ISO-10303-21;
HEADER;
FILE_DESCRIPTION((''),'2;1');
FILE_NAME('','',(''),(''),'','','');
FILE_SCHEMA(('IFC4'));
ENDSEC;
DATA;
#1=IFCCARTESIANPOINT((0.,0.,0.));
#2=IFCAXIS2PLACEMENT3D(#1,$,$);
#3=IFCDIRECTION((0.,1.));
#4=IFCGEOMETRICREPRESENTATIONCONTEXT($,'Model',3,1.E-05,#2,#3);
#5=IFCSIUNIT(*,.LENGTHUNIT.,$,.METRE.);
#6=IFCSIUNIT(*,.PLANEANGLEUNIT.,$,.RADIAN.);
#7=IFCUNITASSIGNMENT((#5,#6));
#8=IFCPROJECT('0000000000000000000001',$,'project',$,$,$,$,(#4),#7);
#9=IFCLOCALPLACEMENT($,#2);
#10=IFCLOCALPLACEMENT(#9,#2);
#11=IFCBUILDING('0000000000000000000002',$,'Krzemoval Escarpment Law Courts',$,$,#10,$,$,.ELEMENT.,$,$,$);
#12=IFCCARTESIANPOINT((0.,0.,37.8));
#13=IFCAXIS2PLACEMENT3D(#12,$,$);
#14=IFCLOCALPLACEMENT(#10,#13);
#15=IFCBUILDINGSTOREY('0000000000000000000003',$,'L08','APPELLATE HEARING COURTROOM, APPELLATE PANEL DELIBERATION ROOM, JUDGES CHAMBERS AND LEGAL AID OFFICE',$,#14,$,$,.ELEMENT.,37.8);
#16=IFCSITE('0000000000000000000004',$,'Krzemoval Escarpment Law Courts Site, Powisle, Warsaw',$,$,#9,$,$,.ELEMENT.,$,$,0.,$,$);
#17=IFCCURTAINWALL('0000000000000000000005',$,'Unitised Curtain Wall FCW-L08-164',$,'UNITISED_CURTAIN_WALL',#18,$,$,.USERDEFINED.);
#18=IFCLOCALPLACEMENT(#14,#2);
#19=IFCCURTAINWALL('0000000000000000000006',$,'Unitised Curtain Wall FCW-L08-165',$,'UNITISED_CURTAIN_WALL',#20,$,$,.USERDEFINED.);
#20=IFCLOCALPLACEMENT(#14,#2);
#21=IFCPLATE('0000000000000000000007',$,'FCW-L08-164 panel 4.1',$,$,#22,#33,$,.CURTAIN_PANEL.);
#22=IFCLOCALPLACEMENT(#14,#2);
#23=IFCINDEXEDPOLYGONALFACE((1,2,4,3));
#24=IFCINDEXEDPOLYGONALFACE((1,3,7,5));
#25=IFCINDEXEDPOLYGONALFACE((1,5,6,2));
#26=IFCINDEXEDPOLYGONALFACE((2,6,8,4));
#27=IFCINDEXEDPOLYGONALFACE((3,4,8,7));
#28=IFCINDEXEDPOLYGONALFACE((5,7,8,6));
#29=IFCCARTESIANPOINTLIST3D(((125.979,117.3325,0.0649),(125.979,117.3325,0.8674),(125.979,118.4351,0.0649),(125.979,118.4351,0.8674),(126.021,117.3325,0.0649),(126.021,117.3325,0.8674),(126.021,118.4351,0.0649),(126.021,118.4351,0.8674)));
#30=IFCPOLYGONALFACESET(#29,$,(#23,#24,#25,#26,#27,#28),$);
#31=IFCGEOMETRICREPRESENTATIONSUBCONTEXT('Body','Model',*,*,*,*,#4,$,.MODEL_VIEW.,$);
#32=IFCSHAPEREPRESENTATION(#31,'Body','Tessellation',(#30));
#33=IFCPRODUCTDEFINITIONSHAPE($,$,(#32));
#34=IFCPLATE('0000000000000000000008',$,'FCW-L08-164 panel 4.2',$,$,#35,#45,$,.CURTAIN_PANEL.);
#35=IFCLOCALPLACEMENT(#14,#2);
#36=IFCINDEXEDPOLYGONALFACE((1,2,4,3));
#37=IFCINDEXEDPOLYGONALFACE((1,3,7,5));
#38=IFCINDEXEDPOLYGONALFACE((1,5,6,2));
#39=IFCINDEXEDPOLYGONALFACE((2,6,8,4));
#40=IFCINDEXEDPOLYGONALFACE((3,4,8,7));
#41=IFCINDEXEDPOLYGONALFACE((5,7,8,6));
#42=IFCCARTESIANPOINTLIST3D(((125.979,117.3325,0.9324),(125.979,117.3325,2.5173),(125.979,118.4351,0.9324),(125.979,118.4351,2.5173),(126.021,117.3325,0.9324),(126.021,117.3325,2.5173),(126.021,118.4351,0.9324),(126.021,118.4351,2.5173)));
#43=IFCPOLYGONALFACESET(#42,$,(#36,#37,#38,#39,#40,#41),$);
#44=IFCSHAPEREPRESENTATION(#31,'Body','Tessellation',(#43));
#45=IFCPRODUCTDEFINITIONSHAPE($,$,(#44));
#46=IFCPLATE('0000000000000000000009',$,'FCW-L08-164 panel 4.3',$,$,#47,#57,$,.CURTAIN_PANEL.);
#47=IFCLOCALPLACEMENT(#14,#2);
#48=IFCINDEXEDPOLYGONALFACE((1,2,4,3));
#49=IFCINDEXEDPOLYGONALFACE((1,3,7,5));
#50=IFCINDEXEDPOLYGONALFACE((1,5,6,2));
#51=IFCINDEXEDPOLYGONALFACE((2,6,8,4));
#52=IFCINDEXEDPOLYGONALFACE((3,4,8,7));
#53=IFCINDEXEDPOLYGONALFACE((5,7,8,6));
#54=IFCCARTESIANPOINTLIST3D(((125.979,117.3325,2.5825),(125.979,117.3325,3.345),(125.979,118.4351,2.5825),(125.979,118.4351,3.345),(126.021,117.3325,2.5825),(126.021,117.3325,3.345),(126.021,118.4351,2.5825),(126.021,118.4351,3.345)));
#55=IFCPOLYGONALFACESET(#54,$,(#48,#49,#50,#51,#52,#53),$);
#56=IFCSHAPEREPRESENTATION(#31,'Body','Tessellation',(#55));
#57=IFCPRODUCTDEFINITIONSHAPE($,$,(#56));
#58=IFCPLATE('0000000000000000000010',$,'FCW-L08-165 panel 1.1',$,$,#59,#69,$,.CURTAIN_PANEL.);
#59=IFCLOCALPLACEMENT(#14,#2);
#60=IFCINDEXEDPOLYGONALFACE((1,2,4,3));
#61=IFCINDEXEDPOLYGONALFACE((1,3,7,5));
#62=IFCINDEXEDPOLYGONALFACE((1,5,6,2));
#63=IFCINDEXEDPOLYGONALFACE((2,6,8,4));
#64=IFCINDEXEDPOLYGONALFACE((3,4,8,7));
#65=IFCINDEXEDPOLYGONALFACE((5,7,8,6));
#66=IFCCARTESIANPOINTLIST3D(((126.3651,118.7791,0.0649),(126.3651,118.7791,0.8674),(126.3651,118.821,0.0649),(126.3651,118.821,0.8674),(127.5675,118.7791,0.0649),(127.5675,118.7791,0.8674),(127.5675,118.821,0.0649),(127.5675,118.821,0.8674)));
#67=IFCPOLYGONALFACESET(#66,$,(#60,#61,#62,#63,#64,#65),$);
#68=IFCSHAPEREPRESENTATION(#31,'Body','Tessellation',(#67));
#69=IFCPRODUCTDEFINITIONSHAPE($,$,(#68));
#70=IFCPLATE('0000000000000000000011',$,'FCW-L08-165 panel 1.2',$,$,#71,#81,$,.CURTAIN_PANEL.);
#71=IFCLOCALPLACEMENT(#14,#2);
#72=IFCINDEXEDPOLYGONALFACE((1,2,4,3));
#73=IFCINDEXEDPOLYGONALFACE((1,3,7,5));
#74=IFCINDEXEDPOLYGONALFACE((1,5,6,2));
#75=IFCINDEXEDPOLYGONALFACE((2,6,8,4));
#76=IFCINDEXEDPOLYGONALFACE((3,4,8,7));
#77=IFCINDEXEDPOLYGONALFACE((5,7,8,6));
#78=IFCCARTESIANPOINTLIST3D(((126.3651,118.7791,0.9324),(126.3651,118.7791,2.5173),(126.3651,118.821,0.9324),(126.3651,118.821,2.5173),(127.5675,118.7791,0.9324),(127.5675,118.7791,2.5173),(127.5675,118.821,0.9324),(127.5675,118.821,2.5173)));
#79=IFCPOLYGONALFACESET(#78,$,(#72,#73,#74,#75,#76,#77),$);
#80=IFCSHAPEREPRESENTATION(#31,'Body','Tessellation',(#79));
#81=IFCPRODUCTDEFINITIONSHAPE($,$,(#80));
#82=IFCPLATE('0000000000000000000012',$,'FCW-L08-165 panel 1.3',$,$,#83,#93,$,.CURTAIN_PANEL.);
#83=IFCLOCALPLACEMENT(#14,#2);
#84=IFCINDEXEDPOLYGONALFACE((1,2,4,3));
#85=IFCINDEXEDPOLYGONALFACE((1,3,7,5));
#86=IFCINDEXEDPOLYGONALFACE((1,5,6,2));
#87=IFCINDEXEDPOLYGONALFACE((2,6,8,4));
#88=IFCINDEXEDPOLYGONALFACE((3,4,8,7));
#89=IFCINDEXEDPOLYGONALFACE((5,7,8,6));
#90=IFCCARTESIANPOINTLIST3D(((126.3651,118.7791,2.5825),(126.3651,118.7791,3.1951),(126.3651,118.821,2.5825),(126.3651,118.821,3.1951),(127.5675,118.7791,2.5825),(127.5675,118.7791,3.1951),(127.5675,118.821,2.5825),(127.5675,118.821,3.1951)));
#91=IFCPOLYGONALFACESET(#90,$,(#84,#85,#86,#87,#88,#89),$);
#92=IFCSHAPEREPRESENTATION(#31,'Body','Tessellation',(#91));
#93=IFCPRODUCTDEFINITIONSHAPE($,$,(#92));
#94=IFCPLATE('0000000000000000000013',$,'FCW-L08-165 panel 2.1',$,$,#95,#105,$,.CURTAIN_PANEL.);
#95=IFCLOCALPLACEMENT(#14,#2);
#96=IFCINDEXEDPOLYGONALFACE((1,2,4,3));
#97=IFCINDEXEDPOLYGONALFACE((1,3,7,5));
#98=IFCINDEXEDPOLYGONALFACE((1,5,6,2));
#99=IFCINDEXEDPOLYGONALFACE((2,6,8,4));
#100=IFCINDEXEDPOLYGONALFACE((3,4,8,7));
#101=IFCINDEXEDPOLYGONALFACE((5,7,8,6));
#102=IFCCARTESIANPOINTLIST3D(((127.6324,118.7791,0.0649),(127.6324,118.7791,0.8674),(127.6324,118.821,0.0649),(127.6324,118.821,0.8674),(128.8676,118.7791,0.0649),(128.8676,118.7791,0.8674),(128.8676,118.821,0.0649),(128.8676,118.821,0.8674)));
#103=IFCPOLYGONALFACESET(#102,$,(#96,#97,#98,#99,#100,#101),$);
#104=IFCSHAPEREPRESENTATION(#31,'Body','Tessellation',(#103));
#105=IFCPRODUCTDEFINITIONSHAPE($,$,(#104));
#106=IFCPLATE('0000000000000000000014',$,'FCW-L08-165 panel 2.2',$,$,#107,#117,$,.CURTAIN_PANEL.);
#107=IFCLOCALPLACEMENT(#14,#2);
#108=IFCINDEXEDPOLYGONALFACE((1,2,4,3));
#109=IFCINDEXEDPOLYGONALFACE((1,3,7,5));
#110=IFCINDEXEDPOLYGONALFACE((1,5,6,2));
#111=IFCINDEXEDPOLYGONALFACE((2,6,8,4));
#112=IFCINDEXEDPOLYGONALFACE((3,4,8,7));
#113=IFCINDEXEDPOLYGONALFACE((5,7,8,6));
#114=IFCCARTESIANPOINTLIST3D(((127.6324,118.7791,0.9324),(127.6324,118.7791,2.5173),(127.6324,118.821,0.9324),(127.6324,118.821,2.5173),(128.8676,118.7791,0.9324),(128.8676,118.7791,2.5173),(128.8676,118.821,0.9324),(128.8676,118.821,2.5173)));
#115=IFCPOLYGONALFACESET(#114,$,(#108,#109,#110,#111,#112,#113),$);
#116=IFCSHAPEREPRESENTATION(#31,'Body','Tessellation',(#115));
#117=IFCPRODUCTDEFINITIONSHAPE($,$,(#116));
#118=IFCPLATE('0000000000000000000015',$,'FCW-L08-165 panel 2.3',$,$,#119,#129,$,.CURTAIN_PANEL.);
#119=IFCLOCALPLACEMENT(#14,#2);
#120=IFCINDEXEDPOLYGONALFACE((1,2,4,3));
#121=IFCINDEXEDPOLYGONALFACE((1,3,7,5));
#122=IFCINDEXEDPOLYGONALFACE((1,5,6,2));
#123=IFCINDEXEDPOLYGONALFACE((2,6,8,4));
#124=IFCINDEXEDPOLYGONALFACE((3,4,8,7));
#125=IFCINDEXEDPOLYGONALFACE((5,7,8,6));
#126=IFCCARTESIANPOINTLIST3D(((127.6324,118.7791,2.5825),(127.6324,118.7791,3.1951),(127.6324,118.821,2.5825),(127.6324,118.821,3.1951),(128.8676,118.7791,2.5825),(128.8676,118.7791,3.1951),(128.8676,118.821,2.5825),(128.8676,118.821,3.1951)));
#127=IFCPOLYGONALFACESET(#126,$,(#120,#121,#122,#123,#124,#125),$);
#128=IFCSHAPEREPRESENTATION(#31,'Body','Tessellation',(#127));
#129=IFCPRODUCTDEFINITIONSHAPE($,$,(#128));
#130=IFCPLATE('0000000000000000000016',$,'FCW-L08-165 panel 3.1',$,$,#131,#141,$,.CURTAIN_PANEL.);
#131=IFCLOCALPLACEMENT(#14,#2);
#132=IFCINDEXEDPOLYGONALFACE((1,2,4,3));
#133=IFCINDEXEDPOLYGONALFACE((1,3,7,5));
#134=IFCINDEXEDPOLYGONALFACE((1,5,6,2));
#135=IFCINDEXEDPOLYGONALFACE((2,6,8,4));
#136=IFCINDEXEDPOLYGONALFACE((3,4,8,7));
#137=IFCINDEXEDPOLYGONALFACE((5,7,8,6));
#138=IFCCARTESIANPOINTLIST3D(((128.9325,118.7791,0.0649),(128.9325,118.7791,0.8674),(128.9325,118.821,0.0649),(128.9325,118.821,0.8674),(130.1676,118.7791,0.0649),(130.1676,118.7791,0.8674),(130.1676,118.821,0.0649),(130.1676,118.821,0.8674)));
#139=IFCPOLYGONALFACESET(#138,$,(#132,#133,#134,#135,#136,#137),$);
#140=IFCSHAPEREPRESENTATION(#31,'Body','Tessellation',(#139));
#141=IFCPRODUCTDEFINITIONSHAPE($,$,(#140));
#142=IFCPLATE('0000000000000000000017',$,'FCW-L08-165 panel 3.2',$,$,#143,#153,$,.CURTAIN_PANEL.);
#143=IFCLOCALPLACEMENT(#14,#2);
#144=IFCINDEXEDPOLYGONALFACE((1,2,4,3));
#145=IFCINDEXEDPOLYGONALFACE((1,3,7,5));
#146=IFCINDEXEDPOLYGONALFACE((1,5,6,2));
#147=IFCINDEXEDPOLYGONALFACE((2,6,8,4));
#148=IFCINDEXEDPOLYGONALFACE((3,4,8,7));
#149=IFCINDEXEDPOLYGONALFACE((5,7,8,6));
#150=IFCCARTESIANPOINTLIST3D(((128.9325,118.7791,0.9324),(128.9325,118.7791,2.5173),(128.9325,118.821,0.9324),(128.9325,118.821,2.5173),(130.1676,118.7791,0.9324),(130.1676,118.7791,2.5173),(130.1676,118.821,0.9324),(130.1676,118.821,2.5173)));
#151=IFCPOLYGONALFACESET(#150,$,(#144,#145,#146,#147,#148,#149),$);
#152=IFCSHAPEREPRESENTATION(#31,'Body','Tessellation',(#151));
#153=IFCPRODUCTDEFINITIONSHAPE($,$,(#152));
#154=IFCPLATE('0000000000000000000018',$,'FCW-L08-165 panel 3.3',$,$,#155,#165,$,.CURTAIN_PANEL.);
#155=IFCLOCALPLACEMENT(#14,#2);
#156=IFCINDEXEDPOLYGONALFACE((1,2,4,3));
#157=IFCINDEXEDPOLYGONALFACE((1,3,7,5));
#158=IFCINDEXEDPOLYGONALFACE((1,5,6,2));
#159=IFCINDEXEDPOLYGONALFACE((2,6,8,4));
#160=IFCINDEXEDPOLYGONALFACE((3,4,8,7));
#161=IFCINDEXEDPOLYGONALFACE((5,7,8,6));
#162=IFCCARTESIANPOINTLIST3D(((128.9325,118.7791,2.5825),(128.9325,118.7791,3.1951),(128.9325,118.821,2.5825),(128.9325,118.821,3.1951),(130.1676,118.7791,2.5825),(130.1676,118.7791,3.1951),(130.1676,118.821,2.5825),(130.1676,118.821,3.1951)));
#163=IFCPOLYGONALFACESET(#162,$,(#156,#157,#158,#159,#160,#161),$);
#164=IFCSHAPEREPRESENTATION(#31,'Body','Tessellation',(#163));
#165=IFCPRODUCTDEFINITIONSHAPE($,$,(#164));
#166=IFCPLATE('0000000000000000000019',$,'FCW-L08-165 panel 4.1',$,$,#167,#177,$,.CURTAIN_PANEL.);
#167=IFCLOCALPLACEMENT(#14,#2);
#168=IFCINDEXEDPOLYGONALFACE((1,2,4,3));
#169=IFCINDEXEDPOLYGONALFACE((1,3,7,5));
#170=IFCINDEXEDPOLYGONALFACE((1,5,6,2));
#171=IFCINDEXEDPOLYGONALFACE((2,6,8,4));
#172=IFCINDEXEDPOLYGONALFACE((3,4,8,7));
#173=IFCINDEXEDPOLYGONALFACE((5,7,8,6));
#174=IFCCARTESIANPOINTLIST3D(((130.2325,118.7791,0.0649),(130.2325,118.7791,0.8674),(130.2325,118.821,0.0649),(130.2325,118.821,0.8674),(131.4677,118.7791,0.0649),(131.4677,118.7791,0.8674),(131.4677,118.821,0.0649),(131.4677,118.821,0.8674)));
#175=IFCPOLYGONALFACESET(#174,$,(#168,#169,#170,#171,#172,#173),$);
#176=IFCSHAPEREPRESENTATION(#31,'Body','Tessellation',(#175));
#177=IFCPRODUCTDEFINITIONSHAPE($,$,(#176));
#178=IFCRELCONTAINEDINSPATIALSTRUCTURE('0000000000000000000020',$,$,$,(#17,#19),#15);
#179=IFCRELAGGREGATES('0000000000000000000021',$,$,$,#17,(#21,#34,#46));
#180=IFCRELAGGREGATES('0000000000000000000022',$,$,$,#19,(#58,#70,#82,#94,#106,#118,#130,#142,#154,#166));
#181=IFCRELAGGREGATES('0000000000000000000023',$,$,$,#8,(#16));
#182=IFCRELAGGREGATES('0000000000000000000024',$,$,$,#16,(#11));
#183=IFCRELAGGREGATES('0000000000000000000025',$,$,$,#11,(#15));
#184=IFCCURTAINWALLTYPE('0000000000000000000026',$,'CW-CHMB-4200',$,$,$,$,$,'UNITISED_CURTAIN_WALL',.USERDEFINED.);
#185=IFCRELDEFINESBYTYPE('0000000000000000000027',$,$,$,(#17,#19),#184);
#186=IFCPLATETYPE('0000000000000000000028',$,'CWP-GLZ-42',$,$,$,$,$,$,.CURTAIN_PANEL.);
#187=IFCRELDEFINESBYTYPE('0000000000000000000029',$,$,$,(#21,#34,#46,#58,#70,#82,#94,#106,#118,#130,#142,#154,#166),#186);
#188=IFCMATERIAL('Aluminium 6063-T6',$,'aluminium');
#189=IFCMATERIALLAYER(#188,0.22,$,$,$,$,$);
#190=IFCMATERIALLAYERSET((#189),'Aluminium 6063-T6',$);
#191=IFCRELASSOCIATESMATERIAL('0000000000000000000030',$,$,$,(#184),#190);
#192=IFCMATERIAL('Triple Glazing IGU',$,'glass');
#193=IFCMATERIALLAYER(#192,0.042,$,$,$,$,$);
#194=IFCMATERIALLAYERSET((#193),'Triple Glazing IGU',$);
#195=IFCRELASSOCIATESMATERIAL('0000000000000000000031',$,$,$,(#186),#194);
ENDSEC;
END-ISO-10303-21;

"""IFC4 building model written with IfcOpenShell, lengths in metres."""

from ifc_helpers import new_model, si_unit, direction, frame, origin, origin_2d, place, context, subcontext, project, spatial, rectangle, extrude, material, layer, layer_set, type_object, element, aggregate, save


model = new_model("IFC4")

# Units and contexts
model_context = context("Model", 3, precision=1e-05, world=origin(), true_north=direction((0.0, 1.0)))
body_context = subcontext(model_context, "Body", "Model", "MODEL_VIEW")
ifc_project = project(units=[si_unit("LENGTHUNIT", "METRE"), si_unit("PLANEANGLEUNIT", "RADIAN")], contexts=[model_context])

# Site, building, storey
site_placement = place(None, origin())
site = spatial("IfcSite", under=ifc_project, at=site_placement, Name="Krzemoval Escarpment Law Courts Site, Powisle, Warsaw", CompositionType="ELEMENT", RefElevation=0.0)
building_placement = place(site_placement, origin())
building = spatial("IfcBuilding", under=site, at=building_placement, Name="Krzemoval Escarpment Law Courts", CompositionType="ELEMENT")
storey_placement = place(building_placement, frame((0.0, 0.0, 37.8)))
storey = spatial("IfcBuildingStorey", under=building, at=storey_placement, Name="L08", Description="APPELLATE HEARING COURTROOM, APPELLATE PANEL DELIBERATION ROOM, JUDGES CHAMBERS AND LEGAL AID OFFICE", CompositionType="ELEMENT", Elevation=37.8)

# Curtain wall
ifc_material_1 = material(Name="Aluminium 6063-T6", Category="aluminium")
ifc_layer_1 = layer(ifc_material_1, 0.22)
ifc_layer_set_1 = layer_set([ifc_layer_1], Name="Aluminium 6063-T6")
curtain_wall_type = type_object("IfcCurtainWallType", Name="CW-CHMB-4200", ElementType="UNITISED_CURTAIN_WALL", PredefinedType="USERDEFINED", material=ifc_layer_set_1)
curtain_wall_1_placement = place(storey_placement, origin())
curtain_wall_1 = element("IfcCurtainWall", 1, at=curtain_wall_1_placement, inside=storey, type_object=curtain_wall_type, Name="Unitised Curtain Wall FCW-L08-164", ObjectType="UNITISED_CURTAIN_WALL", PredefinedType="USERDEFINED")

# Curtain wall
curtain_wall_2_placement = place(storey_placement, origin())
curtain_wall_2 = element("IfcCurtainWall", 2, at=curtain_wall_2_placement, inside=storey, type_object=curtain_wall_type, Name="Unitised Curtain Wall FCW-L08-165", ObjectType="UNITISED_CURTAIN_WALL", PredefinedType="USERDEFINED")

# Plates
ifc_material_2 = material(Name="Triple Glazing IGU", Category="glass")
ifc_layer_2 = layer(ifc_material_2, 0.042)
ifc_layer_set_2 = layer_set([ifc_layer_2], Name="Triple Glazing IGU")
plate_type = type_object("IfcPlateType", Name="CWP-GLZ-42", PredefinedType="CURTAIN_PANEL", material=ifc_layer_set_2)
plate_1_placement = place(storey_placement, frame((126.0, 117.8838, 0.0649), z_axis=(0.0, 0.0, 1.0), x_axis=(0.0, 1.0, 0.0)))
plate_1 = element("IfcPlate", 3, at=plate_1_placement, type_object=plate_type, Name="FCW-L08-164 panel 4.1", PredefinedType="CURTAIN_PANEL", context=body_context, shape_type="SweptSolid", body=[
    extrude(rectangle(XDim=1.1025, YDim=0.042, at=origin_2d()), origin(), (0.0, 0.0, 1.0), 0.8025),
])
plate_2_placement = place(storey_placement, frame((126.0, 117.8838, 0.9324), z_axis=(0.0, 0.0, 1.0), x_axis=(0.0, 1.0, 0.0)))
plate_2 = element("IfcPlate", 4, at=plate_2_placement, type_object=plate_type, Name="FCW-L08-164 panel 4.2", PredefinedType="CURTAIN_PANEL", context=body_context, shape_type="SweptSolid", body=[
    extrude(rectangle(XDim=1.1025, YDim=0.042, at=origin_2d()), origin(), (0.0, 0.0, 1.0), 1.585),
])
plate_3_placement = place(storey_placement, frame((126.0, 117.8838, 2.5825), z_axis=(0.0, 0.0, 1.0), x_axis=(0.0, 1.0, 0.0)))
plate_3 = element("IfcPlate", 5, at=plate_3_placement, type_object=plate_type, Name="FCW-L08-164 panel 4.3", PredefinedType="CURTAIN_PANEL", context=body_context, shape_type="SweptSolid", body=[
    extrude(rectangle(XDim=1.1025, YDim=0.042, at=origin_2d()), origin(), (0.0, 0.0, 1.0), 0.7625),
])
aggregate(curtain_wall_1, [plate_1, plate_2, plate_3])
plate_4_placement = place(storey_placement, frame((126.9663, 118.8, 0.0649), z_axis=(0.0, 0.0, 1.0), x_axis=(1.0, 0.0, 0.0)))
plate_4 = element("IfcPlate", 6, at=plate_4_placement, type_object=plate_type, Name="FCW-L08-165 panel 1.1", PredefinedType="CURTAIN_PANEL", context=body_context, shape_type="SweptSolid", body=[
    extrude(rectangle(XDim=1.2024, YDim=0.042, at=origin_2d()), origin(), (0.0, 0.0, 1.0), 0.8025),
])
plate_5_placement = place(storey_placement, frame((126.9663, 118.8, 0.9324), z_axis=(0.0, 0.0, 1.0), x_axis=(1.0, 0.0, 0.0)))
plate_5 = element("IfcPlate", 7, at=plate_5_placement, type_object=plate_type, Name="FCW-L08-165 panel 1.2", PredefinedType="CURTAIN_PANEL", context=body_context, shape_type="SweptSolid", body=[
    extrude(rectangle(XDim=1.2024, YDim=0.042, at=origin_2d()), origin(), (0.0, 0.0, 1.0), 1.585),
])
plate_6_placement = place(storey_placement, frame((126.9663, 118.8, 2.5825), z_axis=(0.0, 0.0, 1.0), x_axis=(1.0, 0.0, 0.0)))
plate_6 = element("IfcPlate", 8, at=plate_6_placement, type_object=plate_type, Name="FCW-L08-165 panel 1.3", PredefinedType="CURTAIN_PANEL", context=body_context, shape_type="SweptSolid", body=[
    extrude(rectangle(XDim=1.2024, YDim=0.042, at=origin_2d()), origin(), (0.0, 0.0, 1.0), 0.6125),
])
plate_7_placement = place(storey_placement, frame((128.25, 118.8, 0.0649), z_axis=(0.0, 0.0, 1.0), x_axis=(1.0, 0.0, 0.0)))
plate_7 = element("IfcPlate", 9, at=plate_7_placement, type_object=plate_type, Name="FCW-L08-165 panel 2.1", PredefinedType="CURTAIN_PANEL", context=body_context, shape_type="SweptSolid", body=[
    extrude(rectangle(XDim=1.2351, YDim=0.042, at=origin_2d()), origin(), (0.0, 0.0, 1.0), 0.8025),
])
plate_8_placement = place(storey_placement, frame((128.25, 118.8, 0.9324), z_axis=(0.0, 0.0, 1.0), x_axis=(1.0, 0.0, 0.0)))
plate_8 = element("IfcPlate", 10, at=plate_8_placement, type_object=plate_type, Name="FCW-L08-165 panel 2.2", PredefinedType="CURTAIN_PANEL", context=body_context, shape_type="SweptSolid", body=[
    extrude(rectangle(XDim=1.2351, YDim=0.042, at=origin_2d()), origin(), (0.0, 0.0, 1.0), 1.585),
])
plate_9_placement = place(storey_placement, frame((128.25, 118.8, 2.5825), z_axis=(0.0, 0.0, 1.0), x_axis=(1.0, 0.0, 0.0)))
plate_9 = element("IfcPlate", 11, at=plate_9_placement, type_object=plate_type, Name="FCW-L08-165 panel 2.3", PredefinedType="CURTAIN_PANEL", context=body_context, shape_type="SweptSolid", body=[
    extrude(rectangle(XDim=1.2351, YDim=0.042, at=origin_2d()), origin(), (0.0, 0.0, 1.0), 0.6125),
])
plate_10_placement = place(storey_placement, frame((129.55, 118.8, 0.0649), z_axis=(0.0, 0.0, 1.0), x_axis=(1.0, 0.0, 0.0)))
plate_10 = element("IfcPlate", 12, at=plate_10_placement, type_object=plate_type, Name="FCW-L08-165 panel 3.1", PredefinedType="CURTAIN_PANEL", context=body_context, shape_type="SweptSolid", body=[
    extrude(rectangle(XDim=1.2351, YDim=0.042, at=origin_2d()), origin(), (0.0, 0.0, 1.0), 0.8025),
])
plate_11_placement = place(storey_placement, frame((129.55, 118.8, 0.9324), z_axis=(0.0, 0.0, 1.0), x_axis=(1.0, 0.0, 0.0)))
plate_11 = element("IfcPlate", 13, at=plate_11_placement, type_object=plate_type, Name="FCW-L08-165 panel 3.2", PredefinedType="CURTAIN_PANEL", context=body_context, shape_type="SweptSolid", body=[
    extrude(rectangle(XDim=1.2351, YDim=0.042, at=origin_2d()), origin(), (0.0, 0.0, 1.0), 1.585),
])
plate_12_placement = place(storey_placement, frame((129.55, 118.8, 2.5825), z_axis=(0.0, 0.0, 1.0), x_axis=(1.0, 0.0, 0.0)))
plate_12 = element("IfcPlate", 14, at=plate_12_placement, type_object=plate_type, Name="FCW-L08-165 panel 3.3", PredefinedType="CURTAIN_PANEL", context=body_context, shape_type="SweptSolid", body=[
    extrude(rectangle(XDim=1.2351, YDim=0.042, at=origin_2d()), origin(), (0.0, 0.0, 1.0), 0.6125),
])
plate_13_placement = place(storey_placement, frame((130.8501, 118.8, 0.0649), z_axis=(0.0, 0.0, 1.0), x_axis=(1.0, 0.0, 0.0)))
plate_13 = element("IfcPlate", 15, at=plate_13_placement, type_object=plate_type, Name="FCW-L08-165 panel 4.1", PredefinedType="CURTAIN_PANEL", context=body_context, shape_type="SweptSolid", body=[
    extrude(rectangle(XDim=1.2351, YDim=0.042, at=origin_2d()), origin(), (0.0, 0.0, 1.0), 0.8025),
])
aggregate(curtain_wall_2, [plate_4, plate_5, plate_6, plate_7, plate_8, plate_9, plate_10, plate_11, plate_12, plate_13])

save(model, "model.ifc")
